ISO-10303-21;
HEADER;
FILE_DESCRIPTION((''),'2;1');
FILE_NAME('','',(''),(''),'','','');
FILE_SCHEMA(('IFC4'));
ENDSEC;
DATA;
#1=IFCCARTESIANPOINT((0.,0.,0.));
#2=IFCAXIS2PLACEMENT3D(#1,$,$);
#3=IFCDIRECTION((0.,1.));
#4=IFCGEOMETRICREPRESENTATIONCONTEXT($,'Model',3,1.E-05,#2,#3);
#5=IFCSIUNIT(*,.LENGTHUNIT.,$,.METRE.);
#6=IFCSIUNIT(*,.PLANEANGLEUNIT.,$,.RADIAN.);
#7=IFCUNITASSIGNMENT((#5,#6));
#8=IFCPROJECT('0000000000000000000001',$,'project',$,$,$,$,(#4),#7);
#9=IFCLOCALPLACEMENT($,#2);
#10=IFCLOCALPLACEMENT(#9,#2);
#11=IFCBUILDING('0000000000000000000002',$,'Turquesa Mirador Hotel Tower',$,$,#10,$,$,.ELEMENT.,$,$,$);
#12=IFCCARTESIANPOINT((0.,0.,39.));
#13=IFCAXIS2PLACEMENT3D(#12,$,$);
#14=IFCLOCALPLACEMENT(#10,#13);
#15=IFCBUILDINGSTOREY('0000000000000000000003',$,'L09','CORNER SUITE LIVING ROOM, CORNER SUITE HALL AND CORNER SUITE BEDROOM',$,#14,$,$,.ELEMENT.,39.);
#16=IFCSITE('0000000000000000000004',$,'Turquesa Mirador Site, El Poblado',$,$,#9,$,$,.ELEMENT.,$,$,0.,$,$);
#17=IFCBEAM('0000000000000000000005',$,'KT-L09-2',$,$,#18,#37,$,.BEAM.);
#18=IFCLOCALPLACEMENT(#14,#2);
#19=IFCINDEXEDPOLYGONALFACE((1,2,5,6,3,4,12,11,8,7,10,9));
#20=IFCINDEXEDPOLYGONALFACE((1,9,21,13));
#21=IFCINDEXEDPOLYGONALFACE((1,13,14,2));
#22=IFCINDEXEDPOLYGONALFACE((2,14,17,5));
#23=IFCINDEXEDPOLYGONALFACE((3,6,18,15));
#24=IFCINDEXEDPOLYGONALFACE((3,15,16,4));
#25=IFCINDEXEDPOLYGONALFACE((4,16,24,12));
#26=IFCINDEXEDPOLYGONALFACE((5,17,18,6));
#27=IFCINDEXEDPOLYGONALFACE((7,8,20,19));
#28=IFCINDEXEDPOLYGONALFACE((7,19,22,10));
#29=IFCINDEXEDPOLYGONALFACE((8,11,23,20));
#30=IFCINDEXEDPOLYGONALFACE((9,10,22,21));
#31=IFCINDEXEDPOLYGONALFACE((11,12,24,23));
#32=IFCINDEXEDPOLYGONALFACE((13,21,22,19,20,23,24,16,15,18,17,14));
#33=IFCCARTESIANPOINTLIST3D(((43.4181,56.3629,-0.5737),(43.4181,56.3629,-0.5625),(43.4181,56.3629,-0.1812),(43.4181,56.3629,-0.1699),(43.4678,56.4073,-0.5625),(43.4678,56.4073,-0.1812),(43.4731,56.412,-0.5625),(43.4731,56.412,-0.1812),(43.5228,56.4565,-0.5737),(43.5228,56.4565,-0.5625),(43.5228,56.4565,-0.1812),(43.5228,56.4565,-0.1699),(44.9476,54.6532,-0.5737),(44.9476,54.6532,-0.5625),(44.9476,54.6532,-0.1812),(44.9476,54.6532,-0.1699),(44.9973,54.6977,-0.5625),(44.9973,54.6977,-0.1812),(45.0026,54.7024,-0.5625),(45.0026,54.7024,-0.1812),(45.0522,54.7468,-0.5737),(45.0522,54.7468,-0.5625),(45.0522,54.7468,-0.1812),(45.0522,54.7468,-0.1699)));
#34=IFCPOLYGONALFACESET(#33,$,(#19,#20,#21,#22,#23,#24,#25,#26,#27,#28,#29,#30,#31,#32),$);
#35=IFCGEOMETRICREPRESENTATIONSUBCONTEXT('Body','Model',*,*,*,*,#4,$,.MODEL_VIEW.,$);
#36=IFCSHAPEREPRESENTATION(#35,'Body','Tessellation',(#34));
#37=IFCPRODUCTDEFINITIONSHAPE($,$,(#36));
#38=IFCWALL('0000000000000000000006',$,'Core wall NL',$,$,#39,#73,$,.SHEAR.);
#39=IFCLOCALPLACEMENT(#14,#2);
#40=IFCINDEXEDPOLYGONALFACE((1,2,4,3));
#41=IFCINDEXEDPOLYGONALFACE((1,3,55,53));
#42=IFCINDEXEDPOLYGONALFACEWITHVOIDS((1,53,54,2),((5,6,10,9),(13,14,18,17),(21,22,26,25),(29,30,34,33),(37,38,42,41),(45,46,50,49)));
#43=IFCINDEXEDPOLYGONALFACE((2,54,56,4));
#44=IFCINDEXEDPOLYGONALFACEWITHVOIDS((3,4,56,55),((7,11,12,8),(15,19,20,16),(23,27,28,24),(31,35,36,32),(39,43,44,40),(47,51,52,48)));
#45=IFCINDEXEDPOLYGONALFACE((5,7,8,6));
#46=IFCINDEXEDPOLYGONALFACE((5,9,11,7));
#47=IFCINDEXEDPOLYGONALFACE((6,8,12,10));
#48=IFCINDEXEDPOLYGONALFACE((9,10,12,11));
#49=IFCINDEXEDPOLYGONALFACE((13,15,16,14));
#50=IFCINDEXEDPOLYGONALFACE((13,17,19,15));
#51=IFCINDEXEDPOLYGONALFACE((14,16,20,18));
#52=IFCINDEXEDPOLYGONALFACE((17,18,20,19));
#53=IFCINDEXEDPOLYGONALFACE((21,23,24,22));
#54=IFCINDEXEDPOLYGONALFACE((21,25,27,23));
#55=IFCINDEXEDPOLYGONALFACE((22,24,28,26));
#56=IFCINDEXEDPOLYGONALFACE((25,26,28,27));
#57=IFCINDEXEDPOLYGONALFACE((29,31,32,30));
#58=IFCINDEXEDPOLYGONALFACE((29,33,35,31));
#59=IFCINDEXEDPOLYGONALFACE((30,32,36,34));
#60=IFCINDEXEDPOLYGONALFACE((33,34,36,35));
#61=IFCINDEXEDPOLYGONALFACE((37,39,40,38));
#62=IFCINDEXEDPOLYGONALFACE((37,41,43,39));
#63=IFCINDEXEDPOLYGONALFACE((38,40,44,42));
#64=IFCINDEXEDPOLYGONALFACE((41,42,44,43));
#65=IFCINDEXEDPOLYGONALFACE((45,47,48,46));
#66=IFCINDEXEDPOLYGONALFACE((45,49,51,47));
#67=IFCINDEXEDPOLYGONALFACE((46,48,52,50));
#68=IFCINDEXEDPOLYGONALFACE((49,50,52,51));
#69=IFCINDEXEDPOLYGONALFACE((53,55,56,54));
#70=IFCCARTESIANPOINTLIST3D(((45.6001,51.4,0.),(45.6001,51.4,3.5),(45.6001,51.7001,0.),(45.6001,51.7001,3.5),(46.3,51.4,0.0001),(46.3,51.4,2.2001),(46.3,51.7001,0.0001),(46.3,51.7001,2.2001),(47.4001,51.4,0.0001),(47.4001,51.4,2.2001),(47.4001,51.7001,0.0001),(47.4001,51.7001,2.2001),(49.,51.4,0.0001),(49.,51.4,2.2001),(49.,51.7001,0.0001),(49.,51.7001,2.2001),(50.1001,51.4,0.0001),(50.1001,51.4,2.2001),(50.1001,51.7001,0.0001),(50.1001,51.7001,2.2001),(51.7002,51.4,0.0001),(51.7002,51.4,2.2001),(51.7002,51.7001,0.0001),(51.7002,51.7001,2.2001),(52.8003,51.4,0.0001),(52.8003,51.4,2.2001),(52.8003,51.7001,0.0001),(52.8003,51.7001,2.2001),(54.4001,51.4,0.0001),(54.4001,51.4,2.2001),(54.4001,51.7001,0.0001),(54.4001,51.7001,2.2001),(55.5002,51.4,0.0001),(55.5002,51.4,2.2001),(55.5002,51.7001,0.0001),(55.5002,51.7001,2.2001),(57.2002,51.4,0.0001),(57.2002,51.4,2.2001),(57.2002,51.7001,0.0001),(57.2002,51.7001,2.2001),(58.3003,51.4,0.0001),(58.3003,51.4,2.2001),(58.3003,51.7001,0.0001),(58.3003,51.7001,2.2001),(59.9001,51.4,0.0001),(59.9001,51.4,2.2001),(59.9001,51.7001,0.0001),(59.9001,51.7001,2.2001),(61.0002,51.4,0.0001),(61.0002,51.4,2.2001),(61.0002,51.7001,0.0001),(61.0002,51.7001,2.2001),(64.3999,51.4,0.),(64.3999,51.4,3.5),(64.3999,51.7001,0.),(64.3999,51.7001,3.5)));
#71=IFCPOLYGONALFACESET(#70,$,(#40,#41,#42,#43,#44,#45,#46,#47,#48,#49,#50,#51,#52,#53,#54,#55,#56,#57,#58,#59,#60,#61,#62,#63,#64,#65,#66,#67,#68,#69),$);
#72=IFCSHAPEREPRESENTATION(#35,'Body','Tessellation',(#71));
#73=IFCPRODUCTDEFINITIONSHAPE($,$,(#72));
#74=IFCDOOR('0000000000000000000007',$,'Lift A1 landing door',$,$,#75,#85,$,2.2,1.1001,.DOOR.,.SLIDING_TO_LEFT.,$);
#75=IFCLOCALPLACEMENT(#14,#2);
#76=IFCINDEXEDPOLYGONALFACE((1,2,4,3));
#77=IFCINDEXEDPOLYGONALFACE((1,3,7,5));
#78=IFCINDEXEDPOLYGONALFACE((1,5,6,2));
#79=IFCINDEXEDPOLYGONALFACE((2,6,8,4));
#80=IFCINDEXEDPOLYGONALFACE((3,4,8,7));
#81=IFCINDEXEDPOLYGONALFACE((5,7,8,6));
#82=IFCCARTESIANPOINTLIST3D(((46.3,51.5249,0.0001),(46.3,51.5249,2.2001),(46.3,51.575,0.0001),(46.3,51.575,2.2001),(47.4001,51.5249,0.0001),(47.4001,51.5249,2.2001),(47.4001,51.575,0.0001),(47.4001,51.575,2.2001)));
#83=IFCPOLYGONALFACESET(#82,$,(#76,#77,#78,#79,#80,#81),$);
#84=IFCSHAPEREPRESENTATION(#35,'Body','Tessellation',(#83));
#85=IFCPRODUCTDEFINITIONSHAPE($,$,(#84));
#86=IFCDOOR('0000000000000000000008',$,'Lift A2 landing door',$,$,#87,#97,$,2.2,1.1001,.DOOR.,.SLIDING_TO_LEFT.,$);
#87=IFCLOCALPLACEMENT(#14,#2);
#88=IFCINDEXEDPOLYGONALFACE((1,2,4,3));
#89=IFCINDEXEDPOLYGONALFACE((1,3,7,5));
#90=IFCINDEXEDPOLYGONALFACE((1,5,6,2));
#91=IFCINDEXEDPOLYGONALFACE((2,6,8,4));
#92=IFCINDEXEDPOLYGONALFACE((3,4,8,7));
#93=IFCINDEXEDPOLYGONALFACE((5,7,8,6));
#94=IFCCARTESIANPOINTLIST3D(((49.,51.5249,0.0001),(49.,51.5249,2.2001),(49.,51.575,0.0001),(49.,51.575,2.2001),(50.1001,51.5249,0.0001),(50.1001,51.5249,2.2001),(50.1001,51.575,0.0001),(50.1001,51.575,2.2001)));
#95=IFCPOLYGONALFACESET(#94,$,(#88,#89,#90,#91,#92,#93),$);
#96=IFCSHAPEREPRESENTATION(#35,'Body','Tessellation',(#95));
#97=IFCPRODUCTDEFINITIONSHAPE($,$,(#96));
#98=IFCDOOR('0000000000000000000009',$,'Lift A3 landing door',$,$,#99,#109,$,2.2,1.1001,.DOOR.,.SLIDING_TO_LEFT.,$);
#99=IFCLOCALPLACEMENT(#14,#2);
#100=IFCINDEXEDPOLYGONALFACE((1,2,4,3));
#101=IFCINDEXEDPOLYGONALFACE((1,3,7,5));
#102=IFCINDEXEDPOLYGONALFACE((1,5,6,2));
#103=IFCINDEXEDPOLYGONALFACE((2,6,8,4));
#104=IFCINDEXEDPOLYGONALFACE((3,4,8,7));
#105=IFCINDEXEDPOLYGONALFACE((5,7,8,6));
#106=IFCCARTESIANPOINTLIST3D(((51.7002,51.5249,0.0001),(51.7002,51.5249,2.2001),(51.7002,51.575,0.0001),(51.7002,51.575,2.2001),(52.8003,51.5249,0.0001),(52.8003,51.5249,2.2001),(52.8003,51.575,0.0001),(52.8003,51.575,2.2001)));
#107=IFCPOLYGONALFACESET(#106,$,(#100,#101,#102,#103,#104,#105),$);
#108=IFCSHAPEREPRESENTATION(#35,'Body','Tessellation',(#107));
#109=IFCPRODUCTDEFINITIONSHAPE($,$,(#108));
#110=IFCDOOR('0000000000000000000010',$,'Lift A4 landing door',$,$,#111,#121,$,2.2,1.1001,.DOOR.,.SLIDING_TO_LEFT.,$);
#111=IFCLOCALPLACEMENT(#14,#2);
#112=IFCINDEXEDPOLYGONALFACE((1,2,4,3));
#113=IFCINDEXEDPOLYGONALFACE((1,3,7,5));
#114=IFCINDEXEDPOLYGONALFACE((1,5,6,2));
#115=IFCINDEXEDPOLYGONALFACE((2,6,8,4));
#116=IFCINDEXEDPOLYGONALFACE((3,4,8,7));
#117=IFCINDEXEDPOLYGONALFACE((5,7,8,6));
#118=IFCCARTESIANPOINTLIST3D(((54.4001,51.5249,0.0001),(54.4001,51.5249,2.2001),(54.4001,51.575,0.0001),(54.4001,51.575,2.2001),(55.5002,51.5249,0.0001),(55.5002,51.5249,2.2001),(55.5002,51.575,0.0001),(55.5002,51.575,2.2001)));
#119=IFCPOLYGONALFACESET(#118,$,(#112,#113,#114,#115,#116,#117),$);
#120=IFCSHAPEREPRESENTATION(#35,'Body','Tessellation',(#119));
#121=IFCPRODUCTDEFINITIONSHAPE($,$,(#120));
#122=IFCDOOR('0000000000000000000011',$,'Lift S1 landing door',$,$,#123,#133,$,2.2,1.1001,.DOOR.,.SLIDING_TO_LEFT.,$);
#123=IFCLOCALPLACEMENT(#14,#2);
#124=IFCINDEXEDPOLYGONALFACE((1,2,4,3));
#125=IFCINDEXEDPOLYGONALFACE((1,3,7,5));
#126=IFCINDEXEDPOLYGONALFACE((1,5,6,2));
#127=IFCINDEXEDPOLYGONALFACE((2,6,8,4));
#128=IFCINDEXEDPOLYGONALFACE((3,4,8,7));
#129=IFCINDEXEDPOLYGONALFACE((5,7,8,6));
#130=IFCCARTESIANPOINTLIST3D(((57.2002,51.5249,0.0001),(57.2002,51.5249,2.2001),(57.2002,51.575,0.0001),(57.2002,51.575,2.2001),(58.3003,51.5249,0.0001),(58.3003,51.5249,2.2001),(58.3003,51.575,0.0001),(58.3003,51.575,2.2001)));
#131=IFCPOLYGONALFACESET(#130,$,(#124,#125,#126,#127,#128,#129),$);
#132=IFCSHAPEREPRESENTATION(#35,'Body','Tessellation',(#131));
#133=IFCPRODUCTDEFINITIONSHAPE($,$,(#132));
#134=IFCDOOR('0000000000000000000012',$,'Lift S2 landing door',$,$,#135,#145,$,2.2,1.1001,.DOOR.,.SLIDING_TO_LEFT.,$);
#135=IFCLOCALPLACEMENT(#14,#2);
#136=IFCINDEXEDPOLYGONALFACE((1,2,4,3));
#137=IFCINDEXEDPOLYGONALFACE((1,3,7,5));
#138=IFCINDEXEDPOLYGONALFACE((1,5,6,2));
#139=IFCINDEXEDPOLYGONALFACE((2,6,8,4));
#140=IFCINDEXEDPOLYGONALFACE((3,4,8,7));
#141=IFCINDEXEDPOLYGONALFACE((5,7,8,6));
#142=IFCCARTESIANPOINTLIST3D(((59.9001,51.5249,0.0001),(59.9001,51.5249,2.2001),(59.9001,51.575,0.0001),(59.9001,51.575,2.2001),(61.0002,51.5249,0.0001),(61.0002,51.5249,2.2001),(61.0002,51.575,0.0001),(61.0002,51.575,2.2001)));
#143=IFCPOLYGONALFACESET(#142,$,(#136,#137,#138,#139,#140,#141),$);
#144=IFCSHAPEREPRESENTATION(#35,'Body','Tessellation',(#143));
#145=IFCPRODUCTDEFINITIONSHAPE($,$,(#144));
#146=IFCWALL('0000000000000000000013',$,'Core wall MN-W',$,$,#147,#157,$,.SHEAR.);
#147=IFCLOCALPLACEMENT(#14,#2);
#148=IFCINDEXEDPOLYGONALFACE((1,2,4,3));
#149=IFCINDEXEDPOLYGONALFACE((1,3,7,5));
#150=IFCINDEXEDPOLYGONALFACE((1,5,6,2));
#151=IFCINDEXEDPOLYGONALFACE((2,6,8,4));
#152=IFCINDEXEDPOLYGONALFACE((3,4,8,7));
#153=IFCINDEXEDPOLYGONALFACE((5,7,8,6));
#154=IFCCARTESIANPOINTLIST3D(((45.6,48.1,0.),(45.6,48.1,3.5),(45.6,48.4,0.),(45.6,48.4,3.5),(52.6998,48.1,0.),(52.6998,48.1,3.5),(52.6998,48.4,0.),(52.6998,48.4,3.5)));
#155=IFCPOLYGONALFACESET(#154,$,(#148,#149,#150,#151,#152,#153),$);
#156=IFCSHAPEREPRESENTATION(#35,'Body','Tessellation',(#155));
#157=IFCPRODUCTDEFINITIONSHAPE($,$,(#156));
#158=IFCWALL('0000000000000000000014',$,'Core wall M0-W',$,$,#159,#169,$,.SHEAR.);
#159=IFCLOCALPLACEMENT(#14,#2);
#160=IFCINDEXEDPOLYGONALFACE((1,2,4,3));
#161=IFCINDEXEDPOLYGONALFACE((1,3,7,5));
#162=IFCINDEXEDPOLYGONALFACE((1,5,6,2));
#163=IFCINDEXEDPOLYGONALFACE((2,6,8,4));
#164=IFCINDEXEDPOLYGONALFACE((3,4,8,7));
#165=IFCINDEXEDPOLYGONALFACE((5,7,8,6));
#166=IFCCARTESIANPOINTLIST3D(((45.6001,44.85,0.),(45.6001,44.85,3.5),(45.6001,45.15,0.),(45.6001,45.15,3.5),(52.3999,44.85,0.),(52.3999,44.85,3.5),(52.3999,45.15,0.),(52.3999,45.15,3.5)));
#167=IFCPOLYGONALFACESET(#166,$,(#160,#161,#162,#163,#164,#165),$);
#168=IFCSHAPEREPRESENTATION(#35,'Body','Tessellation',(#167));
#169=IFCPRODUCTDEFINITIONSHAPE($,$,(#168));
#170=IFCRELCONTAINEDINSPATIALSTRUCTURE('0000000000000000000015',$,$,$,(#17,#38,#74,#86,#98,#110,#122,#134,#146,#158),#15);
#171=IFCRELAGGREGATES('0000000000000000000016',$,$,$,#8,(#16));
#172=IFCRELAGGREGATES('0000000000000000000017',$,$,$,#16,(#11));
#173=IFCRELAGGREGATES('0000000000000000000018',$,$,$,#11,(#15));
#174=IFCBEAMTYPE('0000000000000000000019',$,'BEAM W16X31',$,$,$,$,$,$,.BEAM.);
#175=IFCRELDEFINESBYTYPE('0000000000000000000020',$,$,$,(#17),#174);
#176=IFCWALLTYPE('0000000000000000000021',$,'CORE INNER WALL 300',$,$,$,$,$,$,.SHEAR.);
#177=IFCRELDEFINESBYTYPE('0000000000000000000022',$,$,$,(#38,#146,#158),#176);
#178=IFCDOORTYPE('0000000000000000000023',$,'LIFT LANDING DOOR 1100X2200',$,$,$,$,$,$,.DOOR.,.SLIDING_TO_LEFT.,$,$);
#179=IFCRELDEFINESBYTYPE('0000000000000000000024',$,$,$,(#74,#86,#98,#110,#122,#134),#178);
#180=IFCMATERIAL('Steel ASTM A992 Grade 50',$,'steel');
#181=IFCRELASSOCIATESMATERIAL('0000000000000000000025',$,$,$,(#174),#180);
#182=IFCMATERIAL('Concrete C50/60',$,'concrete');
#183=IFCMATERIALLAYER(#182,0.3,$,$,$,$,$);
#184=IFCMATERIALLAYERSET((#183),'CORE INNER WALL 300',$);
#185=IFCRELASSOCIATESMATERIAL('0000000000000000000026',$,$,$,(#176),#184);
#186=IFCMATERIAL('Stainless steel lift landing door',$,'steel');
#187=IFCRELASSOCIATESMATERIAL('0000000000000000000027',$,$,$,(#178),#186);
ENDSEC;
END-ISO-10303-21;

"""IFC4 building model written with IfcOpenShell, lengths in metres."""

from ifc_helpers import new_model, si_unit, direction, frame, frame_2d, origin, origin_2d, place, context, subcontext, project, spatial, rectangle, i_section, extrude, material, layer, layer_set, material_profile, profile_set, type_object, element, fill, save


model = new_model("IFC4")

# Units and contexts
model_context = context("Model", 3, precision=1e-05, world=origin(), true_north=direction((0.0, 1.0)))
body_context = subcontext(model_context, "Body", "Model", "MODEL_VIEW")
ifc_project = project(units=[si_unit("LENGTHUNIT", "METRE"), si_unit("PLANEANGLEUNIT", "RADIAN")], contexts=[model_context])

# Site, building, storey
site_placement = place(None, origin())
site = spatial("IfcSite", under=ifc_project, at=site_placement, Name="Turquesa Mirador Site, El Poblado", CompositionType="ELEMENT", RefElevation=0.0)
building_placement = place(site_placement, origin())
building = spatial("IfcBuilding", under=site, at=building_placement, Name="Turquesa Mirador Hotel Tower", CompositionType="ELEMENT")
storey_placement = place(building_placement, frame((0.0, 0.0, 39.0)))
storey = spatial("IfcBuildingStorey", under=building, at=storey_placement, Name="L09", Description="CORNER SUITE LIVING ROOM, CORNER SUITE HALL AND CORNER SUITE BEDROOM", CompositionType="ELEMENT", Elevation=39.0)

# Beam
ifc_material_1 = material(Name="Steel ASTM A992 Grade 50", Category="steel")
ifc_material_profile = material_profile(ifc_material_1, i_section(OverallWidth=0.1404, OverallDepth=0.4038, WebThickness=0.0071, FlangeThickness=0.0112, at=origin_2d()), Name="W16X31")
ifc_profile_set = profile_set([ifc_material_profile], Name="Steel ASTM A992 Grade 50")
beam_type = type_object("IfcBeamType", Name="BEAM W16X31", PredefinedType="BEAM", material=ifc_profile_set)
beam_placement = place(storey_placement, frame((43.4705, 56.4097, -0.3718), z_axis=(0.666745, -0.745286, 0.0), x_axis=(0.745286, 0.666745, 0.0)))
element("IfcBeam", 1, at=beam_placement, inside=storey, type_object=beam_type, Name="KT-L09-2", PredefinedType="BEAM", context=body_context, shape_type="SweptSolid", body=[
    extrude(i_section(OverallWidth=0.1404, OverallDepth=0.4038, WebThickness=0.0071, FlangeThickness=0.0112, at=origin_2d()), origin(), (0.0, 0.0, 1.0), 2.2939),
])

# Wall, openings, doors
ifc_material_2 = material(Name="Concrete C50/60", Category="concrete")
ifc_layer_1 = layer(ifc_material_2, 0.3)
ifc_layer_set_1 = layer_set([ifc_layer_1], Name="CORE INNER WALL 300")
wall_type_1 = type_object("IfcWallType", Name="CORE INNER WALL 300", PredefinedType="SHEAR", material=ifc_layer_set_1)
wall_1_placement = place(storey_placement, frame((45.6001, 51.55, 0.0), z_axis=(0.0, 0.0, 1.0), x_axis=(1.0, 0.0, 0.0)))
wall_1 = element("IfcWall", 2, at=wall_1_placement, inside=storey, type_object=wall_type_1, Name="Core wall NL", PredefinedType="SHEAR", context=body_context, shape_type="SweptSolid", body=[
    extrude(rectangle(XDim=18.7998, YDim=0.3, at=frame_2d((9.3999, 0.0))), origin(), (0.0, 0.0, 1.0), 3.5),
])
opening_1_placement = place(wall_1_placement, frame((0.7, 0.0, 0.0)))
opening_1 = element("IfcOpeningElement", 3, at=opening_1_placement, cuts=wall_1, PredefinedType="OPENING", context=body_context, shape_type="SweptSolid", body=[
    extrude(rectangle(XDim=1.1001, YDim=2.2, at=frame_2d((0.55, 1.1001))), frame((0.0, 0.1599, 0.0), z_axis=(0.0, -1.0, 0.0), x_axis=(1.0, 0.0, 0.0)), (0.0, 0.0, 1.0), 0.3201),
])
opening_2_placement = place(wall_1_placement, frame((3.3999, 0.0, 0.0)))
opening_2 = element("IfcOpeningElement", 4, at=opening_2_placement, cuts=wall_1, PredefinedType="OPENING", context=body_context, shape_type="SweptSolid", body=[
    extrude(rectangle(XDim=1.1001, YDim=2.2, at=frame_2d((0.55, 1.1001))), frame((0.0, 0.1599, 0.0), z_axis=(0.0, -1.0, 0.0), x_axis=(1.0, 0.0, 0.0)), (0.0, 0.0, 1.0), 0.3201),
])
opening_3_placement = place(wall_1_placement, frame((6.1001, 0.0, 0.0)))
opening_3 = element("IfcOpeningElement", 5, at=opening_3_placement, cuts=wall_1, PredefinedType="OPENING", context=body_context, shape_type="SweptSolid", body=[
    extrude(rectangle(XDim=1.1001, YDim=2.2, at=frame_2d((0.55, 1.1001))), frame((0.0, 0.1599, 0.0), z_axis=(0.0, -1.0, 0.0), x_axis=(1.0, 0.0, 0.0)), (0.0, 0.0, 1.0), 0.3201),
])
opening_4_placement = place(wall_1_placement, frame((8.8, 0.0, 0.0)))
opening_4 = element("IfcOpeningElement", 6, at=opening_4_placement, cuts=wall_1, PredefinedType="OPENING", context=body_context, shape_type="SweptSolid", body=[
    extrude(rectangle(XDim=1.1001, YDim=2.2, at=frame_2d((0.55, 1.1001))), frame((0.0, 0.1599, 0.0), z_axis=(0.0, -1.0, 0.0), x_axis=(1.0, 0.0, 0.0)), (0.0, 0.0, 1.0), 0.3201),
])
opening_5_placement = place(wall_1_placement, frame((11.6001, 0.0, 0.0)))
opening_5 = element("IfcOpeningElement", 7, at=opening_5_placement, cuts=wall_1, PredefinedType="OPENING", context=body_context, shape_type="SweptSolid", body=[
    extrude(rectangle(XDim=1.1001, YDim=2.2, at=frame_2d((0.55, 1.1001))), frame((0.0, 0.1599, 0.0), z_axis=(0.0, -1.0, 0.0), x_axis=(1.0, 0.0, 0.0)), (0.0, 0.0, 1.0), 0.3201),
])
opening_6_placement = place(wall_1_placement, frame((14.3, 0.0, 0.0)))
opening_6 = element("IfcOpeningElement", 8, at=opening_6_placement, cuts=wall_1, PredefinedType="OPENING", context=body_context, shape_type="SweptSolid", body=[
    extrude(rectangle(XDim=1.1001, YDim=2.2, at=frame_2d((0.55, 1.1001))), frame((0.0, 0.1599, 0.0), z_axis=(0.0, -1.0, 0.0), x_axis=(1.0, 0.0, 0.0)), (0.0, 0.0, 1.0), 0.3201),
])
ifc_material_3 = material(Name="Stainless steel lift landing door", Category="steel")
door_type = type_object("IfcDoorType", Name="LIFT LANDING DOOR 1100X2200", OperationType="SLIDING_TO_LEFT", PredefinedType="DOOR", material=ifc_material_3)
door_1_placement = place(opening_1_placement, origin())
door_1 = element("IfcDoor", 9, at=door_1_placement, inside=storey, type_object=door_type, Name="Lift A1 landing door", OperationType="SLIDING_TO_LEFT", OverallHeight=2.2, OverallWidth=1.1001, PredefinedType="DOOR", context=body_context, shape_type="SweptSolid", body=[
    extrude(rectangle(XDim=1.1001, YDim=2.2, at=frame_2d((0.55, 1.1001))), frame((0.0, 0.0249, 0.0), z_axis=(0.0, -1.0, 0.0), x_axis=(1.0, 0.0, 0.0)), (0.0, 0.0, 1.0), 0.05),
])
fill(opening_1, door_1)
door_2_placement = place(opening_2_placement, origin())
door_2 = element("IfcDoor", 10, at=door_2_placement, inside=storey, type_object=door_type, Name="Lift A2 landing door", OperationType="SLIDING_TO_LEFT", OverallHeight=2.2, OverallWidth=1.1001, PredefinedType="DOOR", context=body_context, shape_type="SweptSolid", body=[
    extrude(rectangle(XDim=1.1001, YDim=2.2, at=frame_2d((0.55, 1.1001))), frame((0.0, 0.0249, 0.0), z_axis=(0.0, -1.0, 0.0), x_axis=(1.0, 0.0, 0.0)), (0.0, 0.0, 1.0), 0.05),
])
fill(opening_2, door_2)
door_3_placement = place(opening_3_placement, origin())
door_3 = element("IfcDoor", 11, at=door_3_placement, inside=storey, type_object=door_type, Name="Lift A3 landing door", OperationType="SLIDING_TO_LEFT", OverallHeight=2.2, OverallWidth=1.1001, PredefinedType="DOOR", context=body_context, shape_type="SweptSolid", body=[
    extrude(rectangle(XDim=1.1001, YDim=2.2, at=frame_2d((0.55, 1.1001))), frame((0.0, 0.0249, 0.0), z_axis=(0.0, -1.0, 0.0), x_axis=(1.0, 0.0, 0.0)), (0.0, 0.0, 1.0), 0.05),
])
fill(opening_3, door_3)
door_4_placement = place(opening_4_placement, origin())
door_4 = element("IfcDoor", 12, at=door_4_placement, inside=storey, type_object=door_type, Name="Lift A4 landing door", OperationType="SLIDING_TO_LEFT", OverallHeight=2.2, OverallWidth=1.1001, PredefinedType="DOOR", context=body_context, shape_type="SweptSolid", body=[
    extrude(rectangle(XDim=1.1001, YDim=2.2, at=frame_2d((0.55, 1.1001))), frame((0.0, 0.0249, 0.0), z_axis=(0.0, -1.0, 0.0), x_axis=(1.0, 0.0, 0.0)), (0.0, 0.0, 1.0), 0.05),
])
fill(opening_4, door_4)
door_5_placement = place(opening_5_placement, origin())
door_5 = element("IfcDoor", 13, at=door_5_placement, inside=storey, type_object=door_type, Name="Lift S1 landing door", OperationType="SLIDING_TO_LEFT", OverallHeight=2.2, OverallWidth=1.1001, PredefinedType="DOOR", context=body_context, shape_type="SweptSolid", body=[
    extrude(rectangle(XDim=1.1001, YDim=2.2, at=frame_2d((0.55, 1.1001))), frame((0.0, 0.0249, 0.0), z_axis=(0.0, -1.0, 0.0), x_axis=(1.0, 0.0, 0.0)), (0.0, 0.0, 1.0), 0.05),
])
fill(opening_5, door_5)
door_6_placement = place(opening_6_placement, origin())
door_6 = element("IfcDoor", 14, at=door_6_placement, inside=storey, type_object=door_type, Name="Lift S2 landing door", OperationType="SLIDING_TO_LEFT", OverallHeight=2.2, OverallWidth=1.1001, PredefinedType="DOOR", context=body_context, shape_type="SweptSolid", body=[
    extrude(rectangle(XDim=1.1001, YDim=2.2, at=frame_2d((0.55, 1.1001))), frame((0.0, 0.0249, 0.0), z_axis=(0.0, -1.0, 0.0), x_axis=(1.0, 0.0, 0.0)), (0.0, 0.0, 1.0), 0.05),
])
fill(opening_6, door_6)

# Walls
wall_2_placement = place(storey_placement, frame((45.6001, 48.25, 0.0), z_axis=(0.0, 0.0, 1.0), x_axis=(1.0, 0.0, 0.0)))
element("IfcWall", 15, at=wall_2_placement, inside=storey, type_object=wall_type_1, Name="Core wall MN-W", PredefinedType="SHEAR", context=body_context, shape_type="SweptSolid", body=[
    extrude(rectangle(XDim=7.0999, YDim=0.3, at=frame_2d((3.5498, 0.0))), origin(), (0.0, 0.0, 1.0), 3.5),
])
wall_3_placement = place(storey_placement, frame((45.6001, 45.0, 0.0), z_axis=(0.0, 0.0, 1.0), x_axis=(1.0, 0.0, 0.0)))
element("IfcWall", 16, at=wall_3_placement, inside=storey, type_object=wall_type_1, Name="Core wall M0-W", PredefinedType="SHEAR", context=body_context, shape_type="SweptSolid", body=[
    extrude(rectangle(XDim=6.7998, YDim=0.3, at=frame_2d((3.3999, 0.0))), origin(), (0.0, 0.0, 1.0), 3.5),
])

save(model, "model.ifc")
